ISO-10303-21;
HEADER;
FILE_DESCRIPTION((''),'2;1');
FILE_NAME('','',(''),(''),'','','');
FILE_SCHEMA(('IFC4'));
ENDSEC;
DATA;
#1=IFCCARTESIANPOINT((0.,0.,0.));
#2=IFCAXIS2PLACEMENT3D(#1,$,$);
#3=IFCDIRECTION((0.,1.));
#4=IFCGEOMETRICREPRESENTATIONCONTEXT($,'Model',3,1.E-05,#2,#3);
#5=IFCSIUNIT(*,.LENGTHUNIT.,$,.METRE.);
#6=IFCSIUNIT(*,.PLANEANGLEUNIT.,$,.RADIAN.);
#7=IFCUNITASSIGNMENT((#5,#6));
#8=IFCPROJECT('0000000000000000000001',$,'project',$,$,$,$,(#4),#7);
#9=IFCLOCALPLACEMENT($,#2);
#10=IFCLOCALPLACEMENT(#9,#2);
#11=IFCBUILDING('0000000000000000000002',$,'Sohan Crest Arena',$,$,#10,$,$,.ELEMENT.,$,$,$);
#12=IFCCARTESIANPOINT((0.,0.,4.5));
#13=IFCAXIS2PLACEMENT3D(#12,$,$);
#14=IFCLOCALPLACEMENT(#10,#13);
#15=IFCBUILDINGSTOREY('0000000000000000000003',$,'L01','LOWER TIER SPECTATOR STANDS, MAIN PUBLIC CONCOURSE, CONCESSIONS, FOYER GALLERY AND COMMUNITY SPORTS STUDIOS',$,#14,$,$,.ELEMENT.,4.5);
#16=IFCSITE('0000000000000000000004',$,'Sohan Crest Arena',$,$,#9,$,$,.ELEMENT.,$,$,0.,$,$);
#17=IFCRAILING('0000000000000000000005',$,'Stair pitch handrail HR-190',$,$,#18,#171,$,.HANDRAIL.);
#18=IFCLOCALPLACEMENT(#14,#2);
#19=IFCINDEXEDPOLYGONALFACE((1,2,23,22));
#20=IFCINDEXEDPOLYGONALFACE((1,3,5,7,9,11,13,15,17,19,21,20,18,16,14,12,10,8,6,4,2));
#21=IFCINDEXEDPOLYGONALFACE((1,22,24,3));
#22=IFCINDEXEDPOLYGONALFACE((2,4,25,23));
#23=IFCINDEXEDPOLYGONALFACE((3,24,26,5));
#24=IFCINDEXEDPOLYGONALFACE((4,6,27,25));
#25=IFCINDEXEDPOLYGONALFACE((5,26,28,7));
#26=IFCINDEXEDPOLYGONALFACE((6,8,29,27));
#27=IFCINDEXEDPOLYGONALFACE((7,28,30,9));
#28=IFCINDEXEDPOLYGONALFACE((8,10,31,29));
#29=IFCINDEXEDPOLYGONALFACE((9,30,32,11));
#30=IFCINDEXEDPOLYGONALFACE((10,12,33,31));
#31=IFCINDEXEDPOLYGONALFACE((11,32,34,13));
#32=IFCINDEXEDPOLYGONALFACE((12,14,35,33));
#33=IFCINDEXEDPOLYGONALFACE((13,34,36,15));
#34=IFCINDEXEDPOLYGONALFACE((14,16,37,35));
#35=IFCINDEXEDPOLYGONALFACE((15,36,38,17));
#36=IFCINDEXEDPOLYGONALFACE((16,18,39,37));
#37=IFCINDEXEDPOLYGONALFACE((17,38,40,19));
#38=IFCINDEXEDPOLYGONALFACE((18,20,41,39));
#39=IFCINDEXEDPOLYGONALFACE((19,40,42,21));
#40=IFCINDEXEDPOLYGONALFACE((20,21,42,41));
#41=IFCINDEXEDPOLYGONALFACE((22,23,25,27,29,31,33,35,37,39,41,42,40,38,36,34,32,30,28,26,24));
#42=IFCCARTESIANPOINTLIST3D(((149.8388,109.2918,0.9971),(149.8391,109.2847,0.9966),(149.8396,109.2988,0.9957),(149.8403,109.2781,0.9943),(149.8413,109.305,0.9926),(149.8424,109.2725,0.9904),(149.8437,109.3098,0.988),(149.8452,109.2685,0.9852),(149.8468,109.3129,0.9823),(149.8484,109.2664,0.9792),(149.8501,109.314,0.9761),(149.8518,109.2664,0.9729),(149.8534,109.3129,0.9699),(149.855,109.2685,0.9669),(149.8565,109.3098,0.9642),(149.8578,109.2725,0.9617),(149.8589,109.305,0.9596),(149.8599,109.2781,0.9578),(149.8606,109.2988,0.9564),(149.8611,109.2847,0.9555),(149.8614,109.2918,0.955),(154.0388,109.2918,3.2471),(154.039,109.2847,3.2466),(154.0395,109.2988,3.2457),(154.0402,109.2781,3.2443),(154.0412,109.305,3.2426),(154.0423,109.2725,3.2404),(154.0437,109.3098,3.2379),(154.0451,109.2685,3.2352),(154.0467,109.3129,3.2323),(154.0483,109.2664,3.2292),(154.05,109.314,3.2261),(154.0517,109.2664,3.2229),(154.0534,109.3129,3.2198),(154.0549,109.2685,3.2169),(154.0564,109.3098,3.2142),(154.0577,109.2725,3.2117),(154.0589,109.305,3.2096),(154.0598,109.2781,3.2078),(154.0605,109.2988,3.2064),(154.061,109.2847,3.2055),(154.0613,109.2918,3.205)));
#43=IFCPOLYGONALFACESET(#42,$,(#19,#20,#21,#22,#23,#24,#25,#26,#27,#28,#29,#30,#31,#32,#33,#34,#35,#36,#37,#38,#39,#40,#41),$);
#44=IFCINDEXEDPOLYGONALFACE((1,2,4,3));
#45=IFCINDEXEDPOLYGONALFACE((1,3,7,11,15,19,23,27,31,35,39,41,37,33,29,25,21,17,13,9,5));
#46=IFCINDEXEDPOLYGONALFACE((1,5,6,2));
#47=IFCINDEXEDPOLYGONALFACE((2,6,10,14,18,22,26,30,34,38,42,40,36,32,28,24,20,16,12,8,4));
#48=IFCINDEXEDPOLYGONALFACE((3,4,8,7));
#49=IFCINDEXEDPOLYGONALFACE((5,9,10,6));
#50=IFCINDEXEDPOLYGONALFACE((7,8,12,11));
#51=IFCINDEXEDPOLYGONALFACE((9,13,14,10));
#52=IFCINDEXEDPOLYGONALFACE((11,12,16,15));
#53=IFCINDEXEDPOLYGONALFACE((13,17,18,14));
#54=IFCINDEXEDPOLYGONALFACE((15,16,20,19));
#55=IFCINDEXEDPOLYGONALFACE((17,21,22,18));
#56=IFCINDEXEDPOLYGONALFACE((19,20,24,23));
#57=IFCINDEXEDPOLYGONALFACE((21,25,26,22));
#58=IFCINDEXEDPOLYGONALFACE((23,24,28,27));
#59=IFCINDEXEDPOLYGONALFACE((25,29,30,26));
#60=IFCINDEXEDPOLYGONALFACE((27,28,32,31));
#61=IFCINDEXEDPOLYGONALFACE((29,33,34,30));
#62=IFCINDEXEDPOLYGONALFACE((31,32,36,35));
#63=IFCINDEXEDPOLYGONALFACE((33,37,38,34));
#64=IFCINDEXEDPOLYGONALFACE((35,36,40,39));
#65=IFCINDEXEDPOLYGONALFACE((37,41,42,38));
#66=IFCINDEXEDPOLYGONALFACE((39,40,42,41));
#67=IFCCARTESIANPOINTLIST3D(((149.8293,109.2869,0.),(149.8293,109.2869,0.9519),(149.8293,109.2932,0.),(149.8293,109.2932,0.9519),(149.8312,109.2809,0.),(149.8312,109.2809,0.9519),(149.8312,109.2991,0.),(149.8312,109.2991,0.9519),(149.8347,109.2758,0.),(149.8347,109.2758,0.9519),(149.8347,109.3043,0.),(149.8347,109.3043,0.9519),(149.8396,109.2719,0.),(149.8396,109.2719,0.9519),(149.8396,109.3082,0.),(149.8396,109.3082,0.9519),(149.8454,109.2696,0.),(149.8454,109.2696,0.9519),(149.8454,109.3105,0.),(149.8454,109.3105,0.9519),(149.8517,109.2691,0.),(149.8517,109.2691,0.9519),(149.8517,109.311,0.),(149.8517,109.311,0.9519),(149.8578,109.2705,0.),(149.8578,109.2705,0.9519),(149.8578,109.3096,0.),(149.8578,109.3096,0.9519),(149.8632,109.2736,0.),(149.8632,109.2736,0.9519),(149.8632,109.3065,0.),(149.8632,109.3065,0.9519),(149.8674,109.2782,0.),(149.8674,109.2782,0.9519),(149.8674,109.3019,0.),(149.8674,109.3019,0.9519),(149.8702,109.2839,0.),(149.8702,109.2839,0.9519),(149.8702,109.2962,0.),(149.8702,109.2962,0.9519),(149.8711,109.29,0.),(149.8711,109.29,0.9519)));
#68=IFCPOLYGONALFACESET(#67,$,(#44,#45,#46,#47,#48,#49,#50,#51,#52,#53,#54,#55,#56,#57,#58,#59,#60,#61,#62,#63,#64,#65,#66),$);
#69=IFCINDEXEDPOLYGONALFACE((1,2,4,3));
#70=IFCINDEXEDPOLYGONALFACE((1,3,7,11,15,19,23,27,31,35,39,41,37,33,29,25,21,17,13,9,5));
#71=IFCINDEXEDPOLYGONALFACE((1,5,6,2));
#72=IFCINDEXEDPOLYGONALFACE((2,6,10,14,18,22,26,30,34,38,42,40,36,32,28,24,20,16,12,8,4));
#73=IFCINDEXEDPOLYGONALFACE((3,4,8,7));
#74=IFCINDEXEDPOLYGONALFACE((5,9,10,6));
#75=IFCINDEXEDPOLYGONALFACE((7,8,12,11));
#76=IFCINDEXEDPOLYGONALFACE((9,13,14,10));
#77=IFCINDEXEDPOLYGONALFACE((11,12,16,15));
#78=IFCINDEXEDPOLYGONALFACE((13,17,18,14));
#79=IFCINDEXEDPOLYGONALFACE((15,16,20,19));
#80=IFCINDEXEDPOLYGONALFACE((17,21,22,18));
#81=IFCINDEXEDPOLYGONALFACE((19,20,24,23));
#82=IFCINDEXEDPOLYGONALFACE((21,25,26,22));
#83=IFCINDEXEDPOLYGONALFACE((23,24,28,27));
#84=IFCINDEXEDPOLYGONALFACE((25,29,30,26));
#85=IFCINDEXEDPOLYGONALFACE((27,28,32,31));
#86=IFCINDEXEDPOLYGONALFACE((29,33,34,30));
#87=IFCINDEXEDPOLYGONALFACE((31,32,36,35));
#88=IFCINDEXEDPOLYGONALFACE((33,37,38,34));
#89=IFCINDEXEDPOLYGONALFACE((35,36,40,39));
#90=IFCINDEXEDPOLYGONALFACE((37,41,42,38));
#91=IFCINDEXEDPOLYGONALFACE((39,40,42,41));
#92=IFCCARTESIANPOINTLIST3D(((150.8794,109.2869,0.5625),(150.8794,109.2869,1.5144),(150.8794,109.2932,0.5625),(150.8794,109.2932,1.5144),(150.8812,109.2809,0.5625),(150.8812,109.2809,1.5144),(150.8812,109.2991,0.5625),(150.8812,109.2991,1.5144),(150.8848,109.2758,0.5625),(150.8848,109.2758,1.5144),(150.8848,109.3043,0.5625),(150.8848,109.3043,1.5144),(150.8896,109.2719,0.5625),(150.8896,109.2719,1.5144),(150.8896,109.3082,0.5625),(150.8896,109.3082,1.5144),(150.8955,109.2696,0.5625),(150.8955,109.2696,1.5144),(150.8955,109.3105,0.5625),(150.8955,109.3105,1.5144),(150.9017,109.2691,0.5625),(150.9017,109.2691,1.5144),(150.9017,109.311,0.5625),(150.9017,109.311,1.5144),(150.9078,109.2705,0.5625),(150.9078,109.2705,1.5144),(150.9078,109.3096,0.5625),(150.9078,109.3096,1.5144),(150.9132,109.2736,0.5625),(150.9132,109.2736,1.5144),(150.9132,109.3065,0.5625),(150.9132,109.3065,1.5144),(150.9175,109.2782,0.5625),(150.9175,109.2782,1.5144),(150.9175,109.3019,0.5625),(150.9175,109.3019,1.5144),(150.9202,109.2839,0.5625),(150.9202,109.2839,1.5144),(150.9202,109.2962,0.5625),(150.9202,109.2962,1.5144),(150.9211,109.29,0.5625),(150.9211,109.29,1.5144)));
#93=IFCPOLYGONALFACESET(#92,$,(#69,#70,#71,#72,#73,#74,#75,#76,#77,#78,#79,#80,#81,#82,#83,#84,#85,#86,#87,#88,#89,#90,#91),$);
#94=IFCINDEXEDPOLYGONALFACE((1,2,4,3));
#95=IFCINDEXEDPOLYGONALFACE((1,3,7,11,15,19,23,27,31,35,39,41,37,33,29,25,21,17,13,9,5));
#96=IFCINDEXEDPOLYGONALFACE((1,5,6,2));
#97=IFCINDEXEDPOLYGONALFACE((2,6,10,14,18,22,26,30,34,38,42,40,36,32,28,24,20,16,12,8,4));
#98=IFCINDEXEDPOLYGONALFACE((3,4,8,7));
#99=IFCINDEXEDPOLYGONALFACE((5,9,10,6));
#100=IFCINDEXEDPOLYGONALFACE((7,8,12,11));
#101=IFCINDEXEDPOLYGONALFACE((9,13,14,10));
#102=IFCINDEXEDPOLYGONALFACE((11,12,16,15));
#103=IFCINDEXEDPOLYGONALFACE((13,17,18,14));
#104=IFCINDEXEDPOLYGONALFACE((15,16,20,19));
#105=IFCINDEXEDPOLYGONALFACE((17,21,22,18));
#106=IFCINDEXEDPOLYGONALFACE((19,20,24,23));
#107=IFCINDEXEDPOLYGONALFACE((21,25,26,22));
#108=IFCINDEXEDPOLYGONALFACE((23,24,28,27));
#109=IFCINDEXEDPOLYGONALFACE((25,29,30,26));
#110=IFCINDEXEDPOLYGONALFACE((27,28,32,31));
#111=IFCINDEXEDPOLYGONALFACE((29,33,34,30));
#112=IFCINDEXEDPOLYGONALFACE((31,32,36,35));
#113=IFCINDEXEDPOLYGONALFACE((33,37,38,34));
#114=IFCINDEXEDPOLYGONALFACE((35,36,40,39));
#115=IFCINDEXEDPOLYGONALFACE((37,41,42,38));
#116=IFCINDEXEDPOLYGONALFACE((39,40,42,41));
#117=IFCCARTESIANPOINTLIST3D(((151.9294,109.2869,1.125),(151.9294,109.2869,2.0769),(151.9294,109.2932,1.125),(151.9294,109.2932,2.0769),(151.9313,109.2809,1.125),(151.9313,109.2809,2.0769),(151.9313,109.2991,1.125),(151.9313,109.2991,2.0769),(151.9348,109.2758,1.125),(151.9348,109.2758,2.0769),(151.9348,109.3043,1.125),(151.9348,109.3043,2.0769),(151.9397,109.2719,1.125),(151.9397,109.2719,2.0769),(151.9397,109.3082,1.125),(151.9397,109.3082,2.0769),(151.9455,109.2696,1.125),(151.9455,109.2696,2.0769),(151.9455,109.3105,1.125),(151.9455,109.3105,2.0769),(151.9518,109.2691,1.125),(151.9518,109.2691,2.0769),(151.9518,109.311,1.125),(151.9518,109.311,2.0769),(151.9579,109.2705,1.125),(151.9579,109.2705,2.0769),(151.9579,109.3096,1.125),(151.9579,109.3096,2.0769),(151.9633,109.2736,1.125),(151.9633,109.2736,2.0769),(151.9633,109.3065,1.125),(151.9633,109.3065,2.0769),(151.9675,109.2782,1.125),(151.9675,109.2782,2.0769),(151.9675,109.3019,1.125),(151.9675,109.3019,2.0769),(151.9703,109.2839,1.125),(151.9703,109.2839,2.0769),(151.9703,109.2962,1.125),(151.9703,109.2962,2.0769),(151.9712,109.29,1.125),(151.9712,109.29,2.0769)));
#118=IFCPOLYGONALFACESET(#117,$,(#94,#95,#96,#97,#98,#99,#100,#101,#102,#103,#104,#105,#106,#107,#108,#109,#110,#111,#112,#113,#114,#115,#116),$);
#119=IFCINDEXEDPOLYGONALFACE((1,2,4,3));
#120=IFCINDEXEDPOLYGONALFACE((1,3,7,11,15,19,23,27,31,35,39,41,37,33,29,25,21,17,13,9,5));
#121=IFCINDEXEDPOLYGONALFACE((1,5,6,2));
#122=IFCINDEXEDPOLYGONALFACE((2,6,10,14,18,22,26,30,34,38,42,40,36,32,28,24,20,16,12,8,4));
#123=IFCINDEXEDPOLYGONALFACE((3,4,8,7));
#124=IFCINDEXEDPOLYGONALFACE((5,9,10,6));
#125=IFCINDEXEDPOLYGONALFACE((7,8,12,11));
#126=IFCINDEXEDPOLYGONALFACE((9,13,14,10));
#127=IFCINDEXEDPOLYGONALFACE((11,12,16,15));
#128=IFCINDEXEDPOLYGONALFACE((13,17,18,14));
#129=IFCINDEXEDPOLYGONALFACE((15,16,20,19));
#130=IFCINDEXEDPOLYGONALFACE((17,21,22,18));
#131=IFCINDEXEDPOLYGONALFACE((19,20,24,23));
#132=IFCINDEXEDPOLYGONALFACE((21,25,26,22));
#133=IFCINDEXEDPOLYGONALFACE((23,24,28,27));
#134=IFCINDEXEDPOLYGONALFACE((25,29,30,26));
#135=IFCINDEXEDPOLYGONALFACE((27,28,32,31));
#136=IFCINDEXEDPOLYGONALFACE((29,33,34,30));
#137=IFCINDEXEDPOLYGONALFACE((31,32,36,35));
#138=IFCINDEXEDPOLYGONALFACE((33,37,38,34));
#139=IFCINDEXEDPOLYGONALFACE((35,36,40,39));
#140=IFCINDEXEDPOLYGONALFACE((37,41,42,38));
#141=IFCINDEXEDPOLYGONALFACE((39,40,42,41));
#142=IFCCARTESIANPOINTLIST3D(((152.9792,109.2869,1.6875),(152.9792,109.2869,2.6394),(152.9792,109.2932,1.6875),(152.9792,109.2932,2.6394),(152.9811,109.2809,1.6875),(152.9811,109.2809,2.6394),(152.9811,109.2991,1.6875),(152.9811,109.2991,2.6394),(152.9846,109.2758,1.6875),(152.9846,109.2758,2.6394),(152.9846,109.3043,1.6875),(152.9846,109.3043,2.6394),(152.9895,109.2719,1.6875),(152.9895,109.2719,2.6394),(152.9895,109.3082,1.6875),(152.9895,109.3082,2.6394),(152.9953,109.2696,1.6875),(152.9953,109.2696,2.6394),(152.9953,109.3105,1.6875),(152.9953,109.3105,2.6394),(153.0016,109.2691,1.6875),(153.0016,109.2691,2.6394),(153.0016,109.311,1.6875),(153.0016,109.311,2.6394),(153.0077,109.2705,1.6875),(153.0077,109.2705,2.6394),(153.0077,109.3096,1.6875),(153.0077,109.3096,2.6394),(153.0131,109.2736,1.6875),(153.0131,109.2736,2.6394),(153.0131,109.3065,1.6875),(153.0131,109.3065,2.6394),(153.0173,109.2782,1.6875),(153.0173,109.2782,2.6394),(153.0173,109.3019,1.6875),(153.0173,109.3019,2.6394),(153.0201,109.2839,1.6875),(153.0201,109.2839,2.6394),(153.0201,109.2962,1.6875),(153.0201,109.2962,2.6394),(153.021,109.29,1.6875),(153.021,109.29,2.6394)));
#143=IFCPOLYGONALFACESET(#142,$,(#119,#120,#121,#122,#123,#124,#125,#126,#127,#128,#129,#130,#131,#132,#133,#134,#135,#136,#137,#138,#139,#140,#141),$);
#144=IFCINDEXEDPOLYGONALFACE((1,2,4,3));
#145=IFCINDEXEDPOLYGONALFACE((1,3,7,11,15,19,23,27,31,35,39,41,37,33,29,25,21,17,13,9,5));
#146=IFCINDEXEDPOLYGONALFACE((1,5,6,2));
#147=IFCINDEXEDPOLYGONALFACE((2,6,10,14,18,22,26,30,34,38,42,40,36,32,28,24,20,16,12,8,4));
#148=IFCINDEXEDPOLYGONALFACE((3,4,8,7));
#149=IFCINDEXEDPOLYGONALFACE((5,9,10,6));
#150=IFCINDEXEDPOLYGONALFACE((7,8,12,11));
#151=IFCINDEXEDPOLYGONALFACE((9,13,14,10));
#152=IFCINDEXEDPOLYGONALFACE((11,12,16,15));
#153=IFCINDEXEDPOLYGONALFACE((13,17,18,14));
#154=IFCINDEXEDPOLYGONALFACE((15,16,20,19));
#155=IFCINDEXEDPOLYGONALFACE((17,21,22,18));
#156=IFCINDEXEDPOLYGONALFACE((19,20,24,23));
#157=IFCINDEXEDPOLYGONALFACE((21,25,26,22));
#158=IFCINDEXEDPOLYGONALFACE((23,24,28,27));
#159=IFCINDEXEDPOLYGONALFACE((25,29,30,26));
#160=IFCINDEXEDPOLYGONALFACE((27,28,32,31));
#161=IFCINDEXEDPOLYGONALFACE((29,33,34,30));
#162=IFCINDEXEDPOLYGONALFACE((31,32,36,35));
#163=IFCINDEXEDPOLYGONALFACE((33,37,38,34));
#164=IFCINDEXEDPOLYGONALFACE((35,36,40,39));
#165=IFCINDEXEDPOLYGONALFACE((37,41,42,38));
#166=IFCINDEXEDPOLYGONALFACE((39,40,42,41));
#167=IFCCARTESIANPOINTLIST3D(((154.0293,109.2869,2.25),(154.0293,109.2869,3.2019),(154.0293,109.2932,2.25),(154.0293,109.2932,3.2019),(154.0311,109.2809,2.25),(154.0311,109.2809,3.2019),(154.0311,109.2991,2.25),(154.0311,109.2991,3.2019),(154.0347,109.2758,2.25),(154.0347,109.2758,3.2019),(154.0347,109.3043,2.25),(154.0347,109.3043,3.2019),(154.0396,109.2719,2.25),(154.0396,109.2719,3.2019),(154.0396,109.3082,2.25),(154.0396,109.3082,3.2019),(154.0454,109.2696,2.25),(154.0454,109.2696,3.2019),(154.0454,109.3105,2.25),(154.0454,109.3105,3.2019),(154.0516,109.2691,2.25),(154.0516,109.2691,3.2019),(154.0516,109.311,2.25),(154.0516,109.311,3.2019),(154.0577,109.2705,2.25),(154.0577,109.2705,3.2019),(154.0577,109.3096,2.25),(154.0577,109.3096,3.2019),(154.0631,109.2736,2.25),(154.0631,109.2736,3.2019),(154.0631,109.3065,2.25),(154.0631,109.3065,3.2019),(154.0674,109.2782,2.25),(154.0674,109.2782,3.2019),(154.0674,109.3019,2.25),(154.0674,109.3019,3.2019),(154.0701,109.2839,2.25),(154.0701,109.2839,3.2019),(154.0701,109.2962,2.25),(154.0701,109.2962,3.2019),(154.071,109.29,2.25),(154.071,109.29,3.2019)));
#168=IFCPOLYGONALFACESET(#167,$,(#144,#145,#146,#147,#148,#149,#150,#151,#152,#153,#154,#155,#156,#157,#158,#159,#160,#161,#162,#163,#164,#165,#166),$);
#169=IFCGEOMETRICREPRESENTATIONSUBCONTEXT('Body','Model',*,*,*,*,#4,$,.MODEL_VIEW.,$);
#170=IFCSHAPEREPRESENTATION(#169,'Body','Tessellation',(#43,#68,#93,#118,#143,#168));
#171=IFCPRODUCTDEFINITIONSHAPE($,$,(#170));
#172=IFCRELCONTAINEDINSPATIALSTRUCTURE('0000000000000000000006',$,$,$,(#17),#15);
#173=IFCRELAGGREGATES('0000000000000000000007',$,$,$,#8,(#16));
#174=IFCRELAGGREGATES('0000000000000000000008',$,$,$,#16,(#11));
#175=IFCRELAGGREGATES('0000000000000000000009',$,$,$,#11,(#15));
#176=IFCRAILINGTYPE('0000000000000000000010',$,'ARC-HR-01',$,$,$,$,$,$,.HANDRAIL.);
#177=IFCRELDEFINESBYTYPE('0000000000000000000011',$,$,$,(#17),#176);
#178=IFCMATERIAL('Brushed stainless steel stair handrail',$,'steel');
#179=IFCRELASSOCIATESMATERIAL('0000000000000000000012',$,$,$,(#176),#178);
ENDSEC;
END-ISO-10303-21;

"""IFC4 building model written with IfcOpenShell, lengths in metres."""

from ifc_helpers import new_model, si_unit, direction, frame, origin, origin_2d, place, context, subcontext, project, spatial, circle, extrude, material, type_object, element, save


model = new_model("IFC4")

# Units and contexts
model_context = context("Model", 3, precision=1e-05, world=origin(), true_north=direction((0.0, 1.0)))
body_context = subcontext(model_context, "Body", "Model", "MODEL_VIEW")
ifc_project = project(units=[si_unit("LENGTHUNIT", "METRE"), si_unit("PLANEANGLEUNIT", "RADIAN")], contexts=[model_context])

# Site, building, storey
site_placement = place(None, origin())
site = spatial("IfcSite", under=ifc_project, at=site_placement, Name="Sohan Crest Arena", CompositionType="ELEMENT", RefElevation=0.0)
building_placement = place(site_placement, origin())
building = spatial("IfcBuilding", under=site, at=building_placement, Name="Sohan Crest Arena", CompositionType="ELEMENT")
storey_placement = place(building_placement, frame((0.0, 0.0, 4.5)))
storey = spatial("IfcBuildingStorey", under=building, at=storey_placement, Name="L01", Description="LOWER TIER SPECTATOR STANDS, MAIN PUBLIC CONCOURSE, CONCESSIONS, FOYER GALLERY AND COMMUNITY SPORTS STUDIOS", CompositionType="ELEMENT", Elevation=4.5)

# Railing
ifc_material_1 = material(Name="Brushed stainless steel stair handrail", Category="steel")
railing_type_1 = type_object("IfcRailingType", Name="ARC-HR-01", PredefinedType="HANDRAIL", material=ifc_material_1)
for number, where, name in (
    (1, (149.8501, 109.29, 0.0), "Stair pitch handrail HR-190"),
):
    element("IfcRailing", number, at=place(storey_placement, frame(where)), inside=storey, type_object=railing_type_1, Name=name, PredefinedType="HANDRAIL", context=body_context, shape_type="SweptSolid", body=[
        extrude(circle(Radius=0.0239, at=origin_2d()), frame((0.0, 0.0, 0.9761), z_axis=(0.881478, 0.0, 0.472226), x_axis=(0.0, 1.0, 0.0)), (0.0, 0.0, 1.0), 4.7646),
        extrude(circle(Radius=0.021, at=origin_2d()), origin(), (0.0, 0.0, 1.0), 0.9519),
        extrude(circle(Radius=0.021, at=origin_2d()), frame((1.05, 0.0, 0.5625)), (0.0, 0.0, 1.0), 0.9519),
        extrude(circle(Radius=0.021, at=origin_2d()), frame((2.1001, 0.0, 1.125)), (0.0, 0.0, 1.0), 0.9519),
        extrude(circle(Radius=0.021, at=origin_2d()), frame((3.1499, 0.0, 1.6875)), (0.0, 0.0, 1.0), 0.9519),
        extrude(circle(Radius=0.021, at=origin_2d()), frame((4.2, 0.0, 2.25)), (0.0, 0.0, 1.0), 0.9519),
    ])

save(model, "model.ifc")
